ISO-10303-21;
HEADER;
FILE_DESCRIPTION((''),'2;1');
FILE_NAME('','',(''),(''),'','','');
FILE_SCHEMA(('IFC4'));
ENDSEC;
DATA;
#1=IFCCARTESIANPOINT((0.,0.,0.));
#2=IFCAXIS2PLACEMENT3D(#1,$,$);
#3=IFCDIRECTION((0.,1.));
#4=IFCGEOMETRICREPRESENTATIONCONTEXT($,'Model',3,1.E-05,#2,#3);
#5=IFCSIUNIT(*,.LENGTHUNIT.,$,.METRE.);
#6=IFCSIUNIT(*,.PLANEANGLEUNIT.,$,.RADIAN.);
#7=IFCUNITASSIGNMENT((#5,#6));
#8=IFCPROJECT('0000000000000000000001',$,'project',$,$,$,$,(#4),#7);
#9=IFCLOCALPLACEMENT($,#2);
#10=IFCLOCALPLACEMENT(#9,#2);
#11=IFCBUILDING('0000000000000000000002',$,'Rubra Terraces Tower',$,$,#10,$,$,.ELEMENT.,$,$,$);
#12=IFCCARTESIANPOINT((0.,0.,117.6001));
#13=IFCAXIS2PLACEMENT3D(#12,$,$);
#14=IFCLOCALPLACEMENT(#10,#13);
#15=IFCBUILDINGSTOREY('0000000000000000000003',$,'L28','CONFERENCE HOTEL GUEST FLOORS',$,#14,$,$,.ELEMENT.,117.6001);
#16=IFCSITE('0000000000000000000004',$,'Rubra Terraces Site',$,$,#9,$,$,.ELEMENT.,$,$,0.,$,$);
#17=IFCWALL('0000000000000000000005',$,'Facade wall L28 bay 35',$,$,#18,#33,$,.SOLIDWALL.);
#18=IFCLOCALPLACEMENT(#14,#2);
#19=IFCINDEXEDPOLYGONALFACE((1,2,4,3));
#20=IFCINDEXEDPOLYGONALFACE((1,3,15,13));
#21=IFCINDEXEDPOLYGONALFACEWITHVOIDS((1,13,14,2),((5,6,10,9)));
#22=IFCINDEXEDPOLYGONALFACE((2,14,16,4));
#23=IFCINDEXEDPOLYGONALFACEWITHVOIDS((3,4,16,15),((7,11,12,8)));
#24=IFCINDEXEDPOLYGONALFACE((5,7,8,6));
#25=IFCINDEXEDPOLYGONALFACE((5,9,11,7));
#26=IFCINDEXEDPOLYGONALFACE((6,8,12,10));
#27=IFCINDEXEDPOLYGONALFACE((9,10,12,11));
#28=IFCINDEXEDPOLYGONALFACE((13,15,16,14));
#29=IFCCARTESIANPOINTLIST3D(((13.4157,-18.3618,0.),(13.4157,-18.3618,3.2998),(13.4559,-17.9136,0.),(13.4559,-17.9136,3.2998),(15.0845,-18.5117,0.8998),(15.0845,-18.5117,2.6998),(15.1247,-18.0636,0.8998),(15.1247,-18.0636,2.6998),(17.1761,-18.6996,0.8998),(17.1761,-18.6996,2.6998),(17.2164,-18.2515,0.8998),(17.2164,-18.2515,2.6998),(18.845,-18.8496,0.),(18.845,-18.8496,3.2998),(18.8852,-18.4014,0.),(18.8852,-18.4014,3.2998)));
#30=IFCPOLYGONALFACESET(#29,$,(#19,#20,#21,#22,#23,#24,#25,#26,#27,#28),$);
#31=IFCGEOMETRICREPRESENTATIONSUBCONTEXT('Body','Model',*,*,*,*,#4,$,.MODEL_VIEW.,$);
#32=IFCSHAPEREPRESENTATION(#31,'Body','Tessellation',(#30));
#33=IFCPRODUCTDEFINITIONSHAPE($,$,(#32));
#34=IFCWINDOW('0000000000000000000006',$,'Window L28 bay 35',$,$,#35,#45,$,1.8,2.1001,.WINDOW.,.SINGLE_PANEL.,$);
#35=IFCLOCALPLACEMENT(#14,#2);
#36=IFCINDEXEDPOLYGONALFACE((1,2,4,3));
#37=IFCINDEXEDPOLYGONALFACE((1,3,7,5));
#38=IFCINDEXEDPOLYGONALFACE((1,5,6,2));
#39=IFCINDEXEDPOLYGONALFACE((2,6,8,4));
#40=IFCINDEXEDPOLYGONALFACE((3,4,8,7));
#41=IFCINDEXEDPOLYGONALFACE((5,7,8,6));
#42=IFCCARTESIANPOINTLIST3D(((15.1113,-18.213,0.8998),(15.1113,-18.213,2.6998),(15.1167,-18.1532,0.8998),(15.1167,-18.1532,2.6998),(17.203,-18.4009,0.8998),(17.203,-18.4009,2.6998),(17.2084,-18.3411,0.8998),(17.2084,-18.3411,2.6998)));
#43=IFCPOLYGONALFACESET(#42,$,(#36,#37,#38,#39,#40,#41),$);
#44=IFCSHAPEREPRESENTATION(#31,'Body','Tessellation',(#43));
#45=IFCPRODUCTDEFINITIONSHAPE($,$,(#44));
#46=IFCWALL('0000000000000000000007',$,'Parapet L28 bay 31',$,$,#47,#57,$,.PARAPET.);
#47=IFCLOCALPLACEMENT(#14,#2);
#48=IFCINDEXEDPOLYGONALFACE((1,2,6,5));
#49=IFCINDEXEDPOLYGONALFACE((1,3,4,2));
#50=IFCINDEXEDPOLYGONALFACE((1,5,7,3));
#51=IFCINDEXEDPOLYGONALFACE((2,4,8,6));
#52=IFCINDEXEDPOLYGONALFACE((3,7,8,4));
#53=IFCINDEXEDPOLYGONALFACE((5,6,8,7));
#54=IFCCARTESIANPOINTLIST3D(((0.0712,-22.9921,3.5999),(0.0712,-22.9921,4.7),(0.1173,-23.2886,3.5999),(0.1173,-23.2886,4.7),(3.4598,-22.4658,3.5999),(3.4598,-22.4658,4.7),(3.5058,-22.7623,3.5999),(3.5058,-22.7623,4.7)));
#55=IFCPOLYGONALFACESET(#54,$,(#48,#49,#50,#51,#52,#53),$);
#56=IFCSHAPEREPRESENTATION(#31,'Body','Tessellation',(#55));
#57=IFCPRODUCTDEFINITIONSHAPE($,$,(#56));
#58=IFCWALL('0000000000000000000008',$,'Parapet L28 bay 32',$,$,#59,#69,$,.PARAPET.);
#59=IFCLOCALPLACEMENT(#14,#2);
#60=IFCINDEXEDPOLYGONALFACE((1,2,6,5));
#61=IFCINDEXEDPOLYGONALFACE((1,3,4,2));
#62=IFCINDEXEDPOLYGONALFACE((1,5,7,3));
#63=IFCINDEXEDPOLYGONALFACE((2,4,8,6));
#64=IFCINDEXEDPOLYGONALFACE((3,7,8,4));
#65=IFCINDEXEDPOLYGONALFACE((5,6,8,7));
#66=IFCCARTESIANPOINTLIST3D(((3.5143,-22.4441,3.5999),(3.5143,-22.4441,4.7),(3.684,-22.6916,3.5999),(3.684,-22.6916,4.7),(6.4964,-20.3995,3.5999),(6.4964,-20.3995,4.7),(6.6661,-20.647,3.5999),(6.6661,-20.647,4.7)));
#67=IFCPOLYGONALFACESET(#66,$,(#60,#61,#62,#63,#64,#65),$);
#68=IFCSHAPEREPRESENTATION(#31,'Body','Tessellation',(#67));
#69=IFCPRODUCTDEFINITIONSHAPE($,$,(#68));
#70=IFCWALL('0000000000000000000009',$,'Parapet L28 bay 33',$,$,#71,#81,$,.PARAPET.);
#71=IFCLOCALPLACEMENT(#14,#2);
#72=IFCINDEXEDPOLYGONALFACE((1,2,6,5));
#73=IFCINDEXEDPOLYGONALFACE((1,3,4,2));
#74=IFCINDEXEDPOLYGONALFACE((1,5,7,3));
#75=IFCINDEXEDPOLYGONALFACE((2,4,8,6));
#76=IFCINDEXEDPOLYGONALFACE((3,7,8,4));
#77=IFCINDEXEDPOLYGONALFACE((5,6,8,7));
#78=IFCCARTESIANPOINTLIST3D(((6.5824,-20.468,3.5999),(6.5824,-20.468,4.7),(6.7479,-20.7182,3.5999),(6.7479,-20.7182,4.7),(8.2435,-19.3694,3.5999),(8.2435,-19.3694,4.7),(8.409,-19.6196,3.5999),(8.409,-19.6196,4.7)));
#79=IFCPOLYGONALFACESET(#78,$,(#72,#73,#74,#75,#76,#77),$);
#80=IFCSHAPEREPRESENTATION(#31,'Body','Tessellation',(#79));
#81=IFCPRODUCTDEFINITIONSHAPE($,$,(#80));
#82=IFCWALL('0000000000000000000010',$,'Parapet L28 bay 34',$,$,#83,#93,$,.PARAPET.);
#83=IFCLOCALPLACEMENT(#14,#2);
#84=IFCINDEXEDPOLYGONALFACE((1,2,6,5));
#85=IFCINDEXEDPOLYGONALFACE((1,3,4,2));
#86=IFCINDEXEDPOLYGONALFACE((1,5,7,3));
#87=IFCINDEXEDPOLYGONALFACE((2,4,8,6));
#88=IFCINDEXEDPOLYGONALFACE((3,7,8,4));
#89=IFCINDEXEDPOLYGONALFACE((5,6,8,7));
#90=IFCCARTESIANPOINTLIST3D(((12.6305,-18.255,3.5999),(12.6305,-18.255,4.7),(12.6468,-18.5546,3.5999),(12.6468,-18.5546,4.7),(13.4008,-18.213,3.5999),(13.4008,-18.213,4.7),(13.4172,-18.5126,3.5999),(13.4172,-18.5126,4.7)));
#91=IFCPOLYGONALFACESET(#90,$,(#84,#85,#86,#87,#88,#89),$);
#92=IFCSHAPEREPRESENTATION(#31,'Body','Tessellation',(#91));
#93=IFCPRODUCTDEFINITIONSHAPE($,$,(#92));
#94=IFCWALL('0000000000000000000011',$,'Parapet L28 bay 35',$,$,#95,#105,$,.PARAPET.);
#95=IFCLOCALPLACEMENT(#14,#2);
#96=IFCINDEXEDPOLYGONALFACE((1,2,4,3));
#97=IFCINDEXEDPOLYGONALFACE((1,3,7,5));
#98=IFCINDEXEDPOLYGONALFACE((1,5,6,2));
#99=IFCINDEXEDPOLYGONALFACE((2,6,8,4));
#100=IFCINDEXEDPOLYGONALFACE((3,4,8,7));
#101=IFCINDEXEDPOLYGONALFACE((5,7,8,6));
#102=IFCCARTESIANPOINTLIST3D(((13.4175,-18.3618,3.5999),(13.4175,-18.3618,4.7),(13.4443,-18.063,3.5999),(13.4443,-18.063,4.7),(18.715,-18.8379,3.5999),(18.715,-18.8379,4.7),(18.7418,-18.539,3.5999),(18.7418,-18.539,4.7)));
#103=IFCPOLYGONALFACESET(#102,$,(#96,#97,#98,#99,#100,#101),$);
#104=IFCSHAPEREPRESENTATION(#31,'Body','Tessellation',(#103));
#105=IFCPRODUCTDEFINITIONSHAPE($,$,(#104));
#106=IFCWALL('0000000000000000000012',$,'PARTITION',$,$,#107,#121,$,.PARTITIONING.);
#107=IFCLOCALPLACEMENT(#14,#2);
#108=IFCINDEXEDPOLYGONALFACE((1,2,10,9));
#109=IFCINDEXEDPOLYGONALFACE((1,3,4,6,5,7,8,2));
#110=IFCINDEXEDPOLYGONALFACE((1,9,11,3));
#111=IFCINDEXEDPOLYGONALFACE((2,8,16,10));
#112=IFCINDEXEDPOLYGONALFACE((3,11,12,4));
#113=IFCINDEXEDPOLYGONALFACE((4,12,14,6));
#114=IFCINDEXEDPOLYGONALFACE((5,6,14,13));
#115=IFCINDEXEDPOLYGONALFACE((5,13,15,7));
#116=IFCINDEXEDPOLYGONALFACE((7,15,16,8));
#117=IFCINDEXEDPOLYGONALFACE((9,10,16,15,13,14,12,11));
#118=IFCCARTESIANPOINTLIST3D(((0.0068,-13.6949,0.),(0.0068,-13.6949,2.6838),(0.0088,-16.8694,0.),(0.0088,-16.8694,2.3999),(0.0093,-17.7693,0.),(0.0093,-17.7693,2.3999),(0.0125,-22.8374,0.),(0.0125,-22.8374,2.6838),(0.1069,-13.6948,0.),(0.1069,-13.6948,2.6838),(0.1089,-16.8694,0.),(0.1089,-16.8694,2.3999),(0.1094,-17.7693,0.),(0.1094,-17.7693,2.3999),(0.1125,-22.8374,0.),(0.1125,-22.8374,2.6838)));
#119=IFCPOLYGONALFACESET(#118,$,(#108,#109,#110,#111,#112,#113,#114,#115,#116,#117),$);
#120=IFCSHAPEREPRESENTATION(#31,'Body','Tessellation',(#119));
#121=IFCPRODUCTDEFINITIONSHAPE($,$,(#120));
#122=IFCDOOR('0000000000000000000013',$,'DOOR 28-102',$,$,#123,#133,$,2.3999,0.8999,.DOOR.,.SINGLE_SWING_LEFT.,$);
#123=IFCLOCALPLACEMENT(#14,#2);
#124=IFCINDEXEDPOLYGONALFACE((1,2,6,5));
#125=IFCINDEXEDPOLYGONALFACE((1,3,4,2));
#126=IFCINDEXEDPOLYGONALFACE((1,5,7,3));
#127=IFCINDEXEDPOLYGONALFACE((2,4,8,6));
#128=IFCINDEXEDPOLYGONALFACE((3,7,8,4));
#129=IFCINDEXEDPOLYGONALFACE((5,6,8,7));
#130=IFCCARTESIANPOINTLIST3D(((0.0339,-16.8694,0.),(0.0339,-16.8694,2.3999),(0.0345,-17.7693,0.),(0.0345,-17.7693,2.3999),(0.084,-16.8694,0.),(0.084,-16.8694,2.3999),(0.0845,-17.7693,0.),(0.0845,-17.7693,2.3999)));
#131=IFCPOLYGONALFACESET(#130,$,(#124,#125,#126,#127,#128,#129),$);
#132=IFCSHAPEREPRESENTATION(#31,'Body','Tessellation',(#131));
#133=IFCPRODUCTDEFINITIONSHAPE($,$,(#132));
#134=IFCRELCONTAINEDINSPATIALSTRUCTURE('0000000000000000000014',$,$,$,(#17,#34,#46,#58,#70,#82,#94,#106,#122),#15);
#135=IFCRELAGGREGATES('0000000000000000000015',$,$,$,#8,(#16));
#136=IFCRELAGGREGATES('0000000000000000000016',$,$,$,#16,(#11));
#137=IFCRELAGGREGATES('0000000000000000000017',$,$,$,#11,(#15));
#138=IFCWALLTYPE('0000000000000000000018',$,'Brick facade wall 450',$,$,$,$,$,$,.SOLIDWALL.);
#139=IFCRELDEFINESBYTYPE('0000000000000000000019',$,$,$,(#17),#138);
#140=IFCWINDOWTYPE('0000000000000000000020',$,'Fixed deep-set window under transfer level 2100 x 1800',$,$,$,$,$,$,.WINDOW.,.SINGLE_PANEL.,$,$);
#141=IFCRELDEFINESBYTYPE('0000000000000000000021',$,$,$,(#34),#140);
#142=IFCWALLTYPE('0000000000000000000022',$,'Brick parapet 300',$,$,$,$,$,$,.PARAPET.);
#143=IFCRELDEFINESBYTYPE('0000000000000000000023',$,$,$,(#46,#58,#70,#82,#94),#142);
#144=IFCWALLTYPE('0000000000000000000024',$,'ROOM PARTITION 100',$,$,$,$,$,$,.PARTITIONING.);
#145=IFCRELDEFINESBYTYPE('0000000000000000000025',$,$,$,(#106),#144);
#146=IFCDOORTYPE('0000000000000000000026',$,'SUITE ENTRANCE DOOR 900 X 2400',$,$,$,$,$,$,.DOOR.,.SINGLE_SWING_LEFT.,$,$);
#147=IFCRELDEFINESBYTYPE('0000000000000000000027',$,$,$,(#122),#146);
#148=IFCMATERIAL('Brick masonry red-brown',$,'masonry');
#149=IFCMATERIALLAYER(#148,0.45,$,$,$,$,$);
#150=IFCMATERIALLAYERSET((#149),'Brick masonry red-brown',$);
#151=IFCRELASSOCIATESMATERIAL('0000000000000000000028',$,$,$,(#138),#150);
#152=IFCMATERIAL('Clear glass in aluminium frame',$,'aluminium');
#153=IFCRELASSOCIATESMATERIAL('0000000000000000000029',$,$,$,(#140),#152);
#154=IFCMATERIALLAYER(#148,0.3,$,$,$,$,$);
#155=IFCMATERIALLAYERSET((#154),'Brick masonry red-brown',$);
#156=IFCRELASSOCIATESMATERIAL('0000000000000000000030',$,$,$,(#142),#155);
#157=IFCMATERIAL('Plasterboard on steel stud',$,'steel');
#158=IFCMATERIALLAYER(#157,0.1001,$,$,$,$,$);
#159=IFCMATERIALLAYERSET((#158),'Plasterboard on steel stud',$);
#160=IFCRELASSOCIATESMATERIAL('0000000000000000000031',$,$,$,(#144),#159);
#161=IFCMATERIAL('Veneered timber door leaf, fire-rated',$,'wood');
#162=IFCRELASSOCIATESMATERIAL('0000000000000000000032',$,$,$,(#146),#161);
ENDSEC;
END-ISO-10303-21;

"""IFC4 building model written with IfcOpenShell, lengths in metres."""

from ifc_helpers import new_model, si_unit, direction, frame, frame_2d, origin, place, context, subcontext, project, spatial, rectangle, extrude, material, layer, layer_set, type_object, element, fill, save


model = new_model("IFC4")

# Units and contexts
model_context = context("Model", 3, precision=1e-05, world=origin(), true_north=direction((0.0, 1.0)))
body_context = subcontext(model_context, "Body", "Model", "MODEL_VIEW")
ifc_project = project(units=[si_unit("LENGTHUNIT", "METRE"), si_unit("PLANEANGLEUNIT", "RADIAN")], contexts=[model_context])

# Site, building, storey
site_placement = place(None, origin())
site = spatial("IfcSite", under=ifc_project, at=site_placement, Name="Rubra Terraces Site", CompositionType="ELEMENT", RefElevation=0.0)
building_placement = place(site_placement, origin())
building = spatial("IfcBuilding", under=site, at=building_placement, Name="Rubra Terraces Tower", CompositionType="ELEMENT")
storey_placement = place(building_placement, frame((0.0, 0.0, 117.6001)))
storey = spatial("IfcBuildingStorey", under=building, at=storey_placement, Name="L28", Description="CONFERENCE HOTEL GUEST FLOORS", CompositionType="ELEMENT", Elevation=117.6001)

# Wall, opening, window
ifc_material_1 = material(Name="Brick masonry red-brown", Category="masonry")
ifc_layer_1 = layer(ifc_material_1, 0.45)
ifc_layer_set_1 = layer_set([ifc_layer_1], Name="Brick masonry red-brown")
wall_type_1 = type_object("IfcWallType", Name="Brick facade wall 450", PredefinedType="SOLIDWALL", material=ifc_layer_set_1)
ifc_material_2 = material(Name="Clear glass in aluminium frame", Category="aluminium")
window_type = type_object("IfcWindowType", Name="Fixed deep-set window under transfer level 2100 x 1800", PartitioningType="SINGLE_PANEL", PredefinedType="WINDOW", material=ifc_material_2)
wall_1_placement = place(storey_placement, frame((13.4358, -18.1377, 0.0), z_axis=(0.0, 0.0, 1.0), x_axis=(0.995988, -0.089486, 0.0)))
wall_1 = element("IfcWall", 1, at=wall_1_placement, inside=storey, type_object=wall_type_1, Name="Facade wall L28 bay 35", PredefinedType="SOLIDWALL", context=body_context, shape_type="SweptSolid", body=[
    extrude(rectangle(XDim=5.4512, YDim=0.45, at=frame_2d((2.7256, 0.0))), origin(), (0.0, 0.0, 1.0), 3.2998),
])
opening_1_placement = place(wall_1_placement, frame((1.6755, 0.0, 0.8999)))
opening_1 = element("IfcOpeningElement", 2, at=opening_1_placement, cuts=wall_1, PredefinedType="OPENING", context=body_context, shape_type="SweptSolid", body=[
    extrude(rectangle(XDim=2.1001, YDim=1.8, at=frame_2d((1.05, 0.8999))), frame((0.0, 0.2349, 0.0), z_axis=(0.0, -1.0, 0.0), x_axis=(1.0, 0.0, 0.0)), (0.0, 0.0, 1.0), 0.47),
])
window_1_placement = place(opening_1_placement, origin())
window_1 = element("IfcWindow", 3, at=window_1_placement, inside=storey, type_object=window_type, Name="Window L28 bay 35", OverallHeight=1.8, OverallWidth=2.1001, PartitioningType="SINGLE_PANEL", PredefinedType="WINDOW", context=body_context, shape_type="SweptSolid", body=[
    extrude(rectangle(XDim=2.1001, YDim=1.8, at=frame_2d((1.05, 0.8999))), frame((0.0, 0.135, 0.0), z_axis=(0.0, -1.0, 0.0), x_axis=(1.0, 0.0, 0.0)), (0.0, 0.0, 1.0), 0.0601),
])
fill(opening_1, window_1)

# Walls
ifc_layer_2 = layer(ifc_material_1, 0.3)
ifc_layer_set_2 = layer_set([ifc_layer_2], Name="Brick masonry red-brown")
wall_type_2 = type_object("IfcWallType", Name="Brick parapet 300", PredefinedType="PARAPET", material=ifc_layer_set_2)
wall_2_placement = place(storey_placement, frame((0.0942, -23.1404, 3.5999), z_axis=(0.0, 0.0, 1.0), x_axis=(0.98815, 0.153491, 0.0)))
element("IfcWall", 4, at=wall_2_placement, inside=storey, type_object=wall_type_2, Name="Parapet L28 bay 31", PredefinedType="PARAPET", context=body_context, shape_type="SweptSolid", body=[
    extrude(rectangle(XDim=3.4292, YDim=0.3, at=frame_2d((1.7146, 0.0))), origin(), (0.0, 0.0, 1.0), 1.1001),
])
wall_3_placement = place(storey_placement, frame((3.5991, -22.5679, 3.5999), z_axis=(0.0, 0.0, 1.0), x_axis=(0.82476, 0.565482, 0.0)))
element("IfcWall", 5, at=wall_3_placement, inside=storey, type_object=wall_type_2, Name="Parapet L28 bay 32", PredefinedType="PARAPET", context=body_context, shape_type="SweptSolid", body=[
    extrude(rectangle(XDim=3.6157, YDim=0.3, at=frame_2d((1.8079, 0.0))), origin(), (0.0, 0.0, 1.0), 1.1001),
])
wall_4_placement = place(storey_placement, frame((6.6653, -20.593, 3.5999), z_axis=(0.0, 0.0, 1.0), x_axis=(0.834082, 0.551641, 0.0)))
element("IfcWall", 6, at=wall_4_placement, inside=storey, type_object=wall_type_2, Name="Parapet L28 bay 33", PredefinedType="PARAPET", context=body_context, shape_type="SweptSolid", body=[
    extrude(rectangle(XDim=1.9915, YDim=0.3, at=frame_2d((0.9956, 0.0))), origin(), (0.0, 0.0, 1.0), 1.1001),
])
wall_5_placement = place(storey_placement, frame((12.6387, -18.4048, 3.5999), z_axis=(0.0, 0.0, 1.0), x_axis=(0.998517, 0.054436, 0.0)))
element("IfcWall", 7, at=wall_5_placement, inside=storey, type_object=wall_type_2, Name="Parapet L28 bay 34", PredefinedType="PARAPET", context=body_context, shape_type="SweptSolid", body=[
    extrude(rectangle(XDim=0.7715, YDim=0.3, at=frame_2d((0.3857, 0.0))), origin(), (0.0, 0.0, 1.0), 1.1001),
])
wall_6_placement = place(storey_placement, frame((13.4309, -18.2124, 3.5999), z_axis=(0.0, 0.0, 1.0), x_axis=(0.995986, -0.089505, 0.0)))
element("IfcWall", 8, at=wall_6_placement, inside=storey, type_object=wall_type_2, Name="Parapet L28 bay 35", PredefinedType="PARAPET", context=body_context, shape_type="SweptSolid", body=[
    extrude(rectangle(XDim=5.3188, YDim=0.3, at=frame_2d((2.6594, 0.0))), origin(), (0.0, 0.0, 1.0), 1.1001),
])

# Wall, opening, door
ifc_material_3 = material(Name="Plasterboard on steel stud", Category="steel")
ifc_layer_3 = layer(ifc_material_3, 0.1001)
ifc_layer_set_3 = layer_set([ifc_layer_3], Name="Plasterboard on steel stud")
wall_type_3 = type_object("IfcWallType", Name="ROOM PARTITION 100", PredefinedType="PARTITIONING", material=ifc_layer_set_3)
wall_7_placement = place(storey_placement, frame((0.0625, -22.8374, 0.0), z_axis=(0.0, 0.0, 1.0), x_axis=(-0.000614, 1.0, 0.0)))
wall_7 = element("IfcWall", 9, at=wall_7_placement, inside=storey, type_object=wall_type_3, Name="PARTITION", PredefinedType="PARTITIONING", context=body_context, shape_type="SweptSolid", body=[
    extrude(rectangle(XDim=9.1426, YDim=0.1001, at=frame_2d((4.5713, 0.0))), origin(), (0.0, 0.0, 1.0), 2.6838),
])
opening_2_placement = place(wall_7_placement, frame((5.0681, 0.0, 0.0)))
opening_2 = element("IfcOpeningElement", 10, at=opening_2_placement, cuts=wall_7, PredefinedType="OPENING", context=body_context, shape_type="SweptSolid", body=[
    extrude(rectangle(XDim=0.8999, YDim=2.3999, at=frame_2d((0.45, 1.2))), frame((0.0, 0.0601, 0.0), z_axis=(0.0, -1.0, 0.0), x_axis=(1.0, 0.0, 0.0)), (0.0, 0.0, 1.0), 0.1201),
])
ifc_material_4 = material(Name="Veneered timber door leaf, fire-rated", Category="wood")
door_type = type_object("IfcDoorType", Name="SUITE ENTRANCE DOOR 900 X 2400", OperationType="SINGLE_SWING_LEFT", PredefinedType="DOOR", material=ifc_material_4)
door_placement = place(opening_2_placement, origin())
door = element("IfcDoor", 11, at=door_placement, inside=storey, type_object=door_type, Name="DOOR 28-102", OperationType="SINGLE_SWING_LEFT", OverallHeight=2.3999, OverallWidth=0.8999, PredefinedType="DOOR", context=body_context, shape_type="SweptSolid", body=[
    extrude(rectangle(XDim=0.8999, YDim=2.3999, at=frame_2d((0.45, 1.2))), frame((0.0, 0.0249, 0.0), z_axis=(0.0, -1.0, 0.0), x_axis=(1.0, 0.0, 0.0)), (0.0, 0.0, 1.0), 0.05),
])
fill(opening_2, door)

save(model, "model.ifc")
